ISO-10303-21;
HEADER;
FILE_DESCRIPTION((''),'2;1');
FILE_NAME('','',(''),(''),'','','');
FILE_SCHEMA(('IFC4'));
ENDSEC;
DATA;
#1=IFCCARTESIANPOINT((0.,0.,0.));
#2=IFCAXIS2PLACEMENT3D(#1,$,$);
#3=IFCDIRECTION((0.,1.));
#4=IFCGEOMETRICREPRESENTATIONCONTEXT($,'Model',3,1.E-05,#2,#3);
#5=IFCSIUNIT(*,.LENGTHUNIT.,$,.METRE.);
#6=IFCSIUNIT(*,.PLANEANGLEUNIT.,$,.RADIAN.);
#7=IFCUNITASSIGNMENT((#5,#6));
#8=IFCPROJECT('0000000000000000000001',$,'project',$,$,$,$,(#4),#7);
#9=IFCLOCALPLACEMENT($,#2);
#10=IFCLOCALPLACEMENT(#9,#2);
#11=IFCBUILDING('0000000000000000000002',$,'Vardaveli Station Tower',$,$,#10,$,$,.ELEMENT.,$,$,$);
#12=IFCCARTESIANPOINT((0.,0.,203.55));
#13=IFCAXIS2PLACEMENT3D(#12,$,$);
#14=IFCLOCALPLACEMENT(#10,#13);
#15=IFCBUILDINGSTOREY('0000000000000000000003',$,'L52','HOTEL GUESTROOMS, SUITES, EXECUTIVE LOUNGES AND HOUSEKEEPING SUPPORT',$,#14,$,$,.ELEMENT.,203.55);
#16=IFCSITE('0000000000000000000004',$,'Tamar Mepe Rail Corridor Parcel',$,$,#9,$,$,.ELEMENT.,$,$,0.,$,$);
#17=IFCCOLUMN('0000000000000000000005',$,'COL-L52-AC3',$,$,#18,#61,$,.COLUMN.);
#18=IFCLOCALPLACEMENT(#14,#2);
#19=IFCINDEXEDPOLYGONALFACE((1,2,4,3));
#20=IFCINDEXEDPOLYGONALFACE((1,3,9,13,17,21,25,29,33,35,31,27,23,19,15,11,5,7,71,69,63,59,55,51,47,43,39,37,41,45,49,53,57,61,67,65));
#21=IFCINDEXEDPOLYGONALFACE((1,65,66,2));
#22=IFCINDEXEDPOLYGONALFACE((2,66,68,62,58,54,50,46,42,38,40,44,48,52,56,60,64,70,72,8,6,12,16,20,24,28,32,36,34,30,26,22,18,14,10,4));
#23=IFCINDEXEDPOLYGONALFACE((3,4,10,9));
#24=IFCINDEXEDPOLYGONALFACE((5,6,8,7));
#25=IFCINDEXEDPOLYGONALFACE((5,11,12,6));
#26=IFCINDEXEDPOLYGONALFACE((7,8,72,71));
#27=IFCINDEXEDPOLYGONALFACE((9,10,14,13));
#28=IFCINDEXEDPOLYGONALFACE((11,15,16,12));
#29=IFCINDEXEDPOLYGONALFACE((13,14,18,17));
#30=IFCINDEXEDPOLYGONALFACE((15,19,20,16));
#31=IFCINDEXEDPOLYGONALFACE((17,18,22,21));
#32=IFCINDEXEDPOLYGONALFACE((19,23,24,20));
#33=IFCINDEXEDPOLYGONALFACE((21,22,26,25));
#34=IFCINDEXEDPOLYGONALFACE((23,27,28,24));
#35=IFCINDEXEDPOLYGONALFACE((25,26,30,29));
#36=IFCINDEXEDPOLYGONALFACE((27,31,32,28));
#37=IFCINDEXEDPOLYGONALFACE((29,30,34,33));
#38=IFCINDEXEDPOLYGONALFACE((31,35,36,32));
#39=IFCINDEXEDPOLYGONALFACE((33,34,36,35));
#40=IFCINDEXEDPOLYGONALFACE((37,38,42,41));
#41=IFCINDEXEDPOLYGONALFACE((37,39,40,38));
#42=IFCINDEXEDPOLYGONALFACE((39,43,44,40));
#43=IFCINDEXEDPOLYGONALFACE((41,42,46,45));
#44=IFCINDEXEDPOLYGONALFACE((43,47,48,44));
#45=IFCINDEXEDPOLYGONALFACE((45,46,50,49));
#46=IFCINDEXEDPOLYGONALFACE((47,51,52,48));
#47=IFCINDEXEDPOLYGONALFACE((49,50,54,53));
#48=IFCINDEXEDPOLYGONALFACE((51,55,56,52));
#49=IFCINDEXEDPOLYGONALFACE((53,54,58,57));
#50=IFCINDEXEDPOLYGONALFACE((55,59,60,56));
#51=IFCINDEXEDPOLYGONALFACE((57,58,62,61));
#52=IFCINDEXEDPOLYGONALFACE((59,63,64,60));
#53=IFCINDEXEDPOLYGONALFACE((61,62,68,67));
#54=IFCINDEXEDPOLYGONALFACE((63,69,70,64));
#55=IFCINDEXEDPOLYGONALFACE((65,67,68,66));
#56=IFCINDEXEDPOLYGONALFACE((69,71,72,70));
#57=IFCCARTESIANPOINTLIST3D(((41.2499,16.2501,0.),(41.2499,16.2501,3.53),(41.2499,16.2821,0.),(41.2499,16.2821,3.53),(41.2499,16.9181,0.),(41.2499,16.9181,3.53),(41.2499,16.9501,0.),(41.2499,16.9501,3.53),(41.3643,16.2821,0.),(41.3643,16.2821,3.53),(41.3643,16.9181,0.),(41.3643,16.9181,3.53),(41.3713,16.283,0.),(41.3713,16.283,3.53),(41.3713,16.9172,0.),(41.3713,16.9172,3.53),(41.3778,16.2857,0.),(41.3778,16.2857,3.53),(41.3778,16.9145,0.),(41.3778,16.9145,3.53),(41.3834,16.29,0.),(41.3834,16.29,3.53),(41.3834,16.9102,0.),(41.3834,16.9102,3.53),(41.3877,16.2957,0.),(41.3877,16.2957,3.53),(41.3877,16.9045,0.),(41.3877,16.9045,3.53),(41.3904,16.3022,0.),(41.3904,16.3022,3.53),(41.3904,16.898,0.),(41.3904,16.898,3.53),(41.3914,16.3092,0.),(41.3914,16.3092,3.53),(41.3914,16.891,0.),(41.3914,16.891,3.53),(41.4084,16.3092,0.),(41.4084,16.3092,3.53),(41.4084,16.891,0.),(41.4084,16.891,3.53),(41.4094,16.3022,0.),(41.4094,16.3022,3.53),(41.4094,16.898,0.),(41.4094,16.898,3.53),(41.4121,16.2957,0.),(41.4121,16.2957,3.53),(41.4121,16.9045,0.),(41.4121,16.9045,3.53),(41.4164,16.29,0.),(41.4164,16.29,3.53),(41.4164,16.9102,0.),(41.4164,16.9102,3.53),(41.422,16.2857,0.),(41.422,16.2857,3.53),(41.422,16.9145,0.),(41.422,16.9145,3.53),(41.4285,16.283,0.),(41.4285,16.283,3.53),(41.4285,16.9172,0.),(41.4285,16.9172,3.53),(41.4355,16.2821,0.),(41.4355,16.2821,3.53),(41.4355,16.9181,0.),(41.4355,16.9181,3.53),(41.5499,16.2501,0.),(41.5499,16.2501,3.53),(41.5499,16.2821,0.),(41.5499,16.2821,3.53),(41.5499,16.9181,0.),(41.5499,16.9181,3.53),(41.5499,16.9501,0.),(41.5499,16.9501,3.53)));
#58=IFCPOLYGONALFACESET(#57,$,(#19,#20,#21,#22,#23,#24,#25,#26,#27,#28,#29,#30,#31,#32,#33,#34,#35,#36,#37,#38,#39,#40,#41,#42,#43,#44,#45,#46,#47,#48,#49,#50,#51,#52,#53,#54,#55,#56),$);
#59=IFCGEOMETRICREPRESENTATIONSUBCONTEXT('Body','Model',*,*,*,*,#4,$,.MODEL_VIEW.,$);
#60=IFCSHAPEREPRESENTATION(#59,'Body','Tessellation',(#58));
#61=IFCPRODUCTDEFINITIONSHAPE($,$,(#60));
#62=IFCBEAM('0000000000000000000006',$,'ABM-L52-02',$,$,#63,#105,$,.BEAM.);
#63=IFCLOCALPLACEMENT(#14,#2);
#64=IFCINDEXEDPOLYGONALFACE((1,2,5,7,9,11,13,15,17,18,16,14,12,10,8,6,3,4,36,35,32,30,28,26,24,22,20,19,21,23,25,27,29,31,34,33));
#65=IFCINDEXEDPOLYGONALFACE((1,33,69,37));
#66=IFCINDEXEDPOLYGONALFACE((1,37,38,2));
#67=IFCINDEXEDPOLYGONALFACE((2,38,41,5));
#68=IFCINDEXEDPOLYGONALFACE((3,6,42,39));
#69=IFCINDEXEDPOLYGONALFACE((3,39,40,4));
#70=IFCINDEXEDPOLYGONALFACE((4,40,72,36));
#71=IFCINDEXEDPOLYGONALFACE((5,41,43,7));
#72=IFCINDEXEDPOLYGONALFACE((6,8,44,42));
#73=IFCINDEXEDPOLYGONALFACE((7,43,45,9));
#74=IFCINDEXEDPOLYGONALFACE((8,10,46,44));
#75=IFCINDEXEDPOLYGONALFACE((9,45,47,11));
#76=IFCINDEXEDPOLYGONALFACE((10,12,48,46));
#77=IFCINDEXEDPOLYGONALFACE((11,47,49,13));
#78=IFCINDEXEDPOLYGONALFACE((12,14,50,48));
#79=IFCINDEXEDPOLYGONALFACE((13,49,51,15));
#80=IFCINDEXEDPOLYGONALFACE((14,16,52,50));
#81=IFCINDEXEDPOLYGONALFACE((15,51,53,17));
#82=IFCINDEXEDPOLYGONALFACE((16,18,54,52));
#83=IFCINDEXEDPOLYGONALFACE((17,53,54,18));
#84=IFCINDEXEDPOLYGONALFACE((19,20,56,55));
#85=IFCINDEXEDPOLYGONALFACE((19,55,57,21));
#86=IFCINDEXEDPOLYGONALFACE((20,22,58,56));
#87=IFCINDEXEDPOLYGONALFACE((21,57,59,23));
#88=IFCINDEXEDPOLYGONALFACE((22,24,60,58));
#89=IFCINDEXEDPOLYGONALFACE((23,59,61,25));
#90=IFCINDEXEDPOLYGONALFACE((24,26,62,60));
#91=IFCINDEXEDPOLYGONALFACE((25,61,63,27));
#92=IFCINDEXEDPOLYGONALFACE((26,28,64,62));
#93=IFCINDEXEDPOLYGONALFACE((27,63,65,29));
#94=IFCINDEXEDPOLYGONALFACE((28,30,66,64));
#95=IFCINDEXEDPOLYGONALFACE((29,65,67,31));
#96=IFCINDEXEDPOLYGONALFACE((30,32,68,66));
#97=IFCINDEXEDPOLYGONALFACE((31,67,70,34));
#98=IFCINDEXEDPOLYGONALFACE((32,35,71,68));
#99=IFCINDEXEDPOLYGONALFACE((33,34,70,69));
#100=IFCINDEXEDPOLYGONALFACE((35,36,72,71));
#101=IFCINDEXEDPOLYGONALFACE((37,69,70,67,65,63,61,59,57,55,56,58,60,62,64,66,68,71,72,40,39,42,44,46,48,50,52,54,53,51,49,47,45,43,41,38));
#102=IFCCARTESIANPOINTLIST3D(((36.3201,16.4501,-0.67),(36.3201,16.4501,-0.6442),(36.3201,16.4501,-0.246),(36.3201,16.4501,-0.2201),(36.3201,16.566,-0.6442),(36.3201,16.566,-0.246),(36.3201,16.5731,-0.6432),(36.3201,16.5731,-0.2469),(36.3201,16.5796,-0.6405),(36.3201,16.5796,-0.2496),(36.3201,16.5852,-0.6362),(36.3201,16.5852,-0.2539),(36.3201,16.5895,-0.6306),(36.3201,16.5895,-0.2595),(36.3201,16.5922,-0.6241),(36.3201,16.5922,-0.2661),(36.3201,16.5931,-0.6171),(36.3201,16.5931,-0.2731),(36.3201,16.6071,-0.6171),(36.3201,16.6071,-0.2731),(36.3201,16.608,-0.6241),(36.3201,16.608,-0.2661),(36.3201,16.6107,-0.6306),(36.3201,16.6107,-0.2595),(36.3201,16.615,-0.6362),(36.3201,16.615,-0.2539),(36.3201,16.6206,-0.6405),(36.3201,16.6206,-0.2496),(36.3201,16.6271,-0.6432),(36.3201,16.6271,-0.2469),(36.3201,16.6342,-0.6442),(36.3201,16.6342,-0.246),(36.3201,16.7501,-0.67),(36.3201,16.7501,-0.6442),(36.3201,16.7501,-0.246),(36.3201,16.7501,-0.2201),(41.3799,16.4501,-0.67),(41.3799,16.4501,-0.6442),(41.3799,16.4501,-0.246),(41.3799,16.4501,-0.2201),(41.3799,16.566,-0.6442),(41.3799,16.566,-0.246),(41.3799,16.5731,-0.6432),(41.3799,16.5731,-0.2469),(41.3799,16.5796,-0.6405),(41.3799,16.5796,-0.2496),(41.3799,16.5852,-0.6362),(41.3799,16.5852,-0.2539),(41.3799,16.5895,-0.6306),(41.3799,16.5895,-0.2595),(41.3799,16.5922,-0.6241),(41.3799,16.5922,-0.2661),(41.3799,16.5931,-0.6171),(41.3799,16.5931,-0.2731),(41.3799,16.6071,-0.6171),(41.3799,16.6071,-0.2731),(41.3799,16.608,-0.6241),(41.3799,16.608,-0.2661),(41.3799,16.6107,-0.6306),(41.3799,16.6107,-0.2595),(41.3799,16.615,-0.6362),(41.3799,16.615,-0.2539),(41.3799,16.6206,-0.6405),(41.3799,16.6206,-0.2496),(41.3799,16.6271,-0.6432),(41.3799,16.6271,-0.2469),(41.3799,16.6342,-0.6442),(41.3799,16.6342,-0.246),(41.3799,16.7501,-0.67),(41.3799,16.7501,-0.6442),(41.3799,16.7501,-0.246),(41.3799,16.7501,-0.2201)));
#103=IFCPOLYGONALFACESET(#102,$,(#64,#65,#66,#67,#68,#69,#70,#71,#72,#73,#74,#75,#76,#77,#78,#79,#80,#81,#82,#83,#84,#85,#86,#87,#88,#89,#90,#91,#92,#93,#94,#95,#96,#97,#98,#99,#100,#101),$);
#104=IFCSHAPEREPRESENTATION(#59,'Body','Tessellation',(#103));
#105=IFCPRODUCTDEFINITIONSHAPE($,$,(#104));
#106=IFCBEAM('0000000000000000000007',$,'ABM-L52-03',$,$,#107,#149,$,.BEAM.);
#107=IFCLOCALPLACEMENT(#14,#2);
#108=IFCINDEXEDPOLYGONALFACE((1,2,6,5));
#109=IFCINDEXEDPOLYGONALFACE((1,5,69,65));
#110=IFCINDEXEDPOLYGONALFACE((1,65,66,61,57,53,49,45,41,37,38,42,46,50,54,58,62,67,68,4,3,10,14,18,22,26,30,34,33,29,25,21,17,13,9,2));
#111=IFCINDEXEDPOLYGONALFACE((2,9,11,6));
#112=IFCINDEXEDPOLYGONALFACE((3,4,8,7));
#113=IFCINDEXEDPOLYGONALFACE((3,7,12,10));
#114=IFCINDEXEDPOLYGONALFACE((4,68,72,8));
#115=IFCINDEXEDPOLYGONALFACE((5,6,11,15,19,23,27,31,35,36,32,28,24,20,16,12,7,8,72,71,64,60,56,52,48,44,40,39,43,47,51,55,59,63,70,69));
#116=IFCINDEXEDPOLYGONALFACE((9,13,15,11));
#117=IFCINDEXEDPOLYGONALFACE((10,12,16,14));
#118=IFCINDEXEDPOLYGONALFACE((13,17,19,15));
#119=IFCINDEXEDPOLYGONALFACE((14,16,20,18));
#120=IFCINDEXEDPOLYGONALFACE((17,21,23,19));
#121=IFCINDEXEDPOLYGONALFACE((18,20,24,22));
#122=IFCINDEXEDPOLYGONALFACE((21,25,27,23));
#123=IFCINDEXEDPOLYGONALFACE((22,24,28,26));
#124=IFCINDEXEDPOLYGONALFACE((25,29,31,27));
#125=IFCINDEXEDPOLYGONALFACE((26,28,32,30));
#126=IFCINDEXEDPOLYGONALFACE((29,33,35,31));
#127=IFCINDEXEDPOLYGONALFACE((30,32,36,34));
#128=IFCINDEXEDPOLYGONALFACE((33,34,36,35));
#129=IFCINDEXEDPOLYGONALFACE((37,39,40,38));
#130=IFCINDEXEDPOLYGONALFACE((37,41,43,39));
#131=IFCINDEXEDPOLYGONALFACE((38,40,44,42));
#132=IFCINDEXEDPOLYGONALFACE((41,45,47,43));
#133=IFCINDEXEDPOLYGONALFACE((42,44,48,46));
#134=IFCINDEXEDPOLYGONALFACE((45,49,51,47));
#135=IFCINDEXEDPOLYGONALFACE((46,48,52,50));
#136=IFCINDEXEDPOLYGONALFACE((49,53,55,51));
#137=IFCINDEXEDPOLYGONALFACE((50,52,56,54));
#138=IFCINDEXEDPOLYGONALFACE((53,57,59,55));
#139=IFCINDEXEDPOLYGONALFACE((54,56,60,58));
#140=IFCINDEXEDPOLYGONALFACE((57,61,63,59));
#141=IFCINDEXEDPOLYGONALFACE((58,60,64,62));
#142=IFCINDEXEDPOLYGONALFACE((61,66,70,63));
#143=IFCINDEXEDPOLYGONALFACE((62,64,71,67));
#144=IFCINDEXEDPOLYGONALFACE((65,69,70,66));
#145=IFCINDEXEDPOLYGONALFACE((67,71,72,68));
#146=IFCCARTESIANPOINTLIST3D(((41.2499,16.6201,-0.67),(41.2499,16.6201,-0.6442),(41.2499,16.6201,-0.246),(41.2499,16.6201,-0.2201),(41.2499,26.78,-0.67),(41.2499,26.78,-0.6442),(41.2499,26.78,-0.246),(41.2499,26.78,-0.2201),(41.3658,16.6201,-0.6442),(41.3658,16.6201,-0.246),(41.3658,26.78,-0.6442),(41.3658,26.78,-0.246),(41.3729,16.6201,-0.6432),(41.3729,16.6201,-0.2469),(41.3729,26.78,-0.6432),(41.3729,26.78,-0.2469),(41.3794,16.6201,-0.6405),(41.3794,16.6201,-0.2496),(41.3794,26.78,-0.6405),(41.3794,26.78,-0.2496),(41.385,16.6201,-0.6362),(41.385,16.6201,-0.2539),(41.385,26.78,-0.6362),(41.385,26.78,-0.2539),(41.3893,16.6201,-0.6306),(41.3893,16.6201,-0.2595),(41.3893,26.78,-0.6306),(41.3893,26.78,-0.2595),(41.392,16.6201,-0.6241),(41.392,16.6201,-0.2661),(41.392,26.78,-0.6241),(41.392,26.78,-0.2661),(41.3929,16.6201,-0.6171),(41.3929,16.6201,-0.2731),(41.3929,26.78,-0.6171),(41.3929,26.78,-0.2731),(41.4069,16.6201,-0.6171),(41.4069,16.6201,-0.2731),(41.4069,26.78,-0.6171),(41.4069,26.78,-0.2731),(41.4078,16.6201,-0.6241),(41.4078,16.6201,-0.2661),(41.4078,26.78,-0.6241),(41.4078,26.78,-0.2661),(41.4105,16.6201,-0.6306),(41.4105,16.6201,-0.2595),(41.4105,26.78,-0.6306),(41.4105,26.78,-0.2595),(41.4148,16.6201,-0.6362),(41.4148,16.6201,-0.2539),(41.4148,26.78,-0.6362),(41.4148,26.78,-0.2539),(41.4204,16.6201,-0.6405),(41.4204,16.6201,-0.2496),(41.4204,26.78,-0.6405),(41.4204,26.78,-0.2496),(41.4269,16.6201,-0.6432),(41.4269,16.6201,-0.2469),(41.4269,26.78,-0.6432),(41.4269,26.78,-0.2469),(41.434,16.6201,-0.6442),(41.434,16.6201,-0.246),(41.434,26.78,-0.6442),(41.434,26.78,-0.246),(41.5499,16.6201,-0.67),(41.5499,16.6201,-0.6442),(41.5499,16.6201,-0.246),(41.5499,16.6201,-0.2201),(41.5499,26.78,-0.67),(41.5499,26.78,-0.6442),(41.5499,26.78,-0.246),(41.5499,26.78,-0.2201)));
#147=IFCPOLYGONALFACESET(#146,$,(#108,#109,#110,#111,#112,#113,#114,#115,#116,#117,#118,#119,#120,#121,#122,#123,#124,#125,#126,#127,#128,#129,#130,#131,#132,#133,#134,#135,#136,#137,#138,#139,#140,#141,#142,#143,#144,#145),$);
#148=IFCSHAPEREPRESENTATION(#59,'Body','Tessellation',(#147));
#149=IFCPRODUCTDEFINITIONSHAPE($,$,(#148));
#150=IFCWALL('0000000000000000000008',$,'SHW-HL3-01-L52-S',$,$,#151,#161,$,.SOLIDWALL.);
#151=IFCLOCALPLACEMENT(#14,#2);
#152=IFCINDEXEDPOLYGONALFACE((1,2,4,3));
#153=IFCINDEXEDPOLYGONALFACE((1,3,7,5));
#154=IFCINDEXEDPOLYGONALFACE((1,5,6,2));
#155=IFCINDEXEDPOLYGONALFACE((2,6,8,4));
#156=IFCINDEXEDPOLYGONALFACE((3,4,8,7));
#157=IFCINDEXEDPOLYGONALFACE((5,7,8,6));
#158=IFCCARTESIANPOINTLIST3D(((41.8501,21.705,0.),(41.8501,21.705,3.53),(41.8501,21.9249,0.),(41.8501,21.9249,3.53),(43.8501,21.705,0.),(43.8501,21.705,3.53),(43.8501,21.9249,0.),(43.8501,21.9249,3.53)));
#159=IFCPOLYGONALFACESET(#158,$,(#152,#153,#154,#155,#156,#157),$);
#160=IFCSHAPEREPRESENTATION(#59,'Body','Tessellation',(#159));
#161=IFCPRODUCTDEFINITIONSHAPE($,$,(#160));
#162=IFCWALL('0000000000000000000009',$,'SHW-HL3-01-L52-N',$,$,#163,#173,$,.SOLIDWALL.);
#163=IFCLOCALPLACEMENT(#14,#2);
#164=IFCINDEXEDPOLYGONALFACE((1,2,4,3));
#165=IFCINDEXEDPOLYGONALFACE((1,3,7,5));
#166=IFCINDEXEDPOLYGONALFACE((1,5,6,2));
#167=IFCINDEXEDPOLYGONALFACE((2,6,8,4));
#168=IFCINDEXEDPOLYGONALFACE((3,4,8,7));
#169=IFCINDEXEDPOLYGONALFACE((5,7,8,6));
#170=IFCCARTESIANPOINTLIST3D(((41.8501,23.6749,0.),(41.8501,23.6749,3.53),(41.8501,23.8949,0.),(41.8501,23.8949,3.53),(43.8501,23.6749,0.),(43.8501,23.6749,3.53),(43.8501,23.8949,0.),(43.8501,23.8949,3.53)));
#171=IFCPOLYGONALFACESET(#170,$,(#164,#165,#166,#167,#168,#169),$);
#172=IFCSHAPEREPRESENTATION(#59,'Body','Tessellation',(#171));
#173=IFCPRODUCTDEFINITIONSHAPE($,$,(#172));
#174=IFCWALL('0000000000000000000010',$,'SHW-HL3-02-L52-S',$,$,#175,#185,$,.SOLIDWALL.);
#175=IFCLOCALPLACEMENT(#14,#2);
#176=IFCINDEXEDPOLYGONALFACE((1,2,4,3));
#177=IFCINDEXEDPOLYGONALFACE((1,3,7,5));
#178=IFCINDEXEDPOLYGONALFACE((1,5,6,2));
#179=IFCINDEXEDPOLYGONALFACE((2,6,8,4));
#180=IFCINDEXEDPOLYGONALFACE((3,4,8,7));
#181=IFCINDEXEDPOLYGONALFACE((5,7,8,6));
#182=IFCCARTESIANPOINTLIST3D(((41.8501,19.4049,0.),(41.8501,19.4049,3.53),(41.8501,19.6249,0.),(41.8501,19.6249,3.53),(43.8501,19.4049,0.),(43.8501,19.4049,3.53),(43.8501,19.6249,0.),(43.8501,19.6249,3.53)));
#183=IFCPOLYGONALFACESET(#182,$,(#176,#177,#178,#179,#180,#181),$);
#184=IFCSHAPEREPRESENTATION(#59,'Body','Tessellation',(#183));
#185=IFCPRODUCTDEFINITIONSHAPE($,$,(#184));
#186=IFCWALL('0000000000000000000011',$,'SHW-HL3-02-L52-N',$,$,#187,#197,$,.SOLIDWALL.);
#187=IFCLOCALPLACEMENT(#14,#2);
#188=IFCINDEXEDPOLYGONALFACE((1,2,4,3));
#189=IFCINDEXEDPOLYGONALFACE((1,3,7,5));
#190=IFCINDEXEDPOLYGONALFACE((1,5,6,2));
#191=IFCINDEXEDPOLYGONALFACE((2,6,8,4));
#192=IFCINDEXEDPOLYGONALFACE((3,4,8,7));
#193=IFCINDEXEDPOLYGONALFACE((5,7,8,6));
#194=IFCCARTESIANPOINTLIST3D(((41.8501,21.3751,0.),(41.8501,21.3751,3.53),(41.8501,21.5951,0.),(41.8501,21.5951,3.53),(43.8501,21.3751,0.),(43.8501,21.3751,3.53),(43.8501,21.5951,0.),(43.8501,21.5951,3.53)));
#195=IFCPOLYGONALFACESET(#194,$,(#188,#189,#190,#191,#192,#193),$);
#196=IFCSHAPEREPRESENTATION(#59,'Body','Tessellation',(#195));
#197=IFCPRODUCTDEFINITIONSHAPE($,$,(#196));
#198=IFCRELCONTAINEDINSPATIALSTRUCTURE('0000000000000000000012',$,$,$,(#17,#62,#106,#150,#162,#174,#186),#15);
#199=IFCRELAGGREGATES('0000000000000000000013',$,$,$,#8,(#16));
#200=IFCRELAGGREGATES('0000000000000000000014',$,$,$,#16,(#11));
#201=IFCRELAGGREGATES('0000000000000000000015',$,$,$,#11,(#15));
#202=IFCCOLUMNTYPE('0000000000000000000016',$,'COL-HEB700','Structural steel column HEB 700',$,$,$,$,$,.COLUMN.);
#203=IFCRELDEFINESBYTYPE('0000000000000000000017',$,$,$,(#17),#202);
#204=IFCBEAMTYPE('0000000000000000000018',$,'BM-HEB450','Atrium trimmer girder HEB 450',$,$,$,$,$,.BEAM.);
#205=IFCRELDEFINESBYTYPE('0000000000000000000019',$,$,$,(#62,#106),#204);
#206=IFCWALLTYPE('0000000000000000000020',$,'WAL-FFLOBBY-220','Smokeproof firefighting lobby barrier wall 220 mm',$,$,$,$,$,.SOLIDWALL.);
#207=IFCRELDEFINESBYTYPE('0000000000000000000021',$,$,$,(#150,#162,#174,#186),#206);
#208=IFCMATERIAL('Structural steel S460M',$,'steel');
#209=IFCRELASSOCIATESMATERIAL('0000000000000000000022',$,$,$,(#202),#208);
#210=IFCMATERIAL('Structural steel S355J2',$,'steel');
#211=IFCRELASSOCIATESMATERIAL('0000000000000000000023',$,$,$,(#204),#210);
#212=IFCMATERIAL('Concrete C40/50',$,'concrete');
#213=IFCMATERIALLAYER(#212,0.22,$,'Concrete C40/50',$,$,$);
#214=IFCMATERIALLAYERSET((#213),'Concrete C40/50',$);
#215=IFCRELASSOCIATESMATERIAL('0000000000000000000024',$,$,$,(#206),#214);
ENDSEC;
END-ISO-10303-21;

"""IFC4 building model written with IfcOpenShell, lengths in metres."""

from ifc_helpers import new_model, si_unit, direction, frame, frame_2d, origin, origin_2d, place, context, subcontext, project, spatial, rectangle, i_section, extrude, source, transform, mapped, material, layer, layer_set, material_profile, profile_set, type_object, element, save


model = new_model("IFC4")

# Units and contexts
model_context = context("Model", 3, precision=1e-05, world=origin(), true_north=direction((0.0, 1.0)))
body_context = subcontext(model_context, "Body", "Model", "MODEL_VIEW")
ifc_project = project(units=[si_unit("LENGTHUNIT", "METRE"), si_unit("PLANEANGLEUNIT", "RADIAN")], contexts=[model_context])

# Site, building, storey
site_placement = place(None, origin())
site = spatial("IfcSite", under=ifc_project, at=site_placement, Name="Tamar Mepe Rail Corridor Parcel", CompositionType="ELEMENT", RefElevation=0.0)
building_placement = place(site_placement, origin())
building = spatial("IfcBuilding", under=site, at=building_placement, Name="Vardaveli Station Tower", CompositionType="ELEMENT")
storey_placement = place(building_placement, frame((0.0, 0.0, 203.55)))
storey = spatial("IfcBuildingStorey", under=building, at=storey_placement, Name="L52", Description="HOTEL GUESTROOMS, SUITES, EXECUTIVE LOUNGES AND HOUSEKEEPING SUPPORT", CompositionType="ELEMENT", Elevation=203.55)

# Column
ifc_material_1 = material(Name="Structural steel S460M", Category="steel")
ifc_material_profile_1 = material_profile(ifc_material_1, i_section(OverallWidth=0.3, OverallDepth=0.7, WebThickness=0.0171, FlangeThickness=0.032, FilletRadius=0.0271, at=origin_2d()), Name="HEB 700")
ifc_profile_set_1 = profile_set([ifc_material_profile_1], Name="Structural steel S460M")
column_type = type_object("IfcColumnType", Name="COL-HEB700", Description="Structural steel column HEB 700", PredefinedType="COLUMN", material=ifc_profile_set_1)
shared_shape_1 = source(origin(), body_context, "Body", "SweptSolid", [
    extrude(i_section(OverallWidth=0.3, OverallDepth=0.7, WebThickness=0.0171, FlangeThickness=0.032, FilletRadius=0.0271, at=origin_2d()), origin(), (0.0, 0.0, 1.0), 3.53),
])
column_placement = place(storey_placement, frame((41.3999, 16.6001, 0.0), z_axis=(0.0, 0.0, 1.0), x_axis=(1.0, 0.0, 0.0)))
element("IfcColumn", 1, at=column_placement, inside=storey, type_object=column_type, Name="COL-L52-AC3", PredefinedType="COLUMN", context=body_context, shape_type="MappedRepresentation", body=[
    mapped(shared_shape_1, transform((0.0, 0.0, 0.0), scale=1.0)),
])

# Beams
ifc_material_2 = material(Name="Structural steel S355J2", Category="steel")
ifc_material_profile_2 = material_profile(ifc_material_2, i_section(OverallWidth=0.3, OverallDepth=0.45, WebThickness=0.0139, FlangeThickness=0.0259, FilletRadius=0.0271, at=origin_2d()), Name="HEB 450")
ifc_profile_set_2 = profile_set([ifc_material_profile_2], Name="Structural steel S355J2")
beam_type = type_object("IfcBeamType", Name="BM-HEB450", Description="Atrium trimmer girder HEB 450", PredefinedType="BEAM", material=ifc_profile_set_2)
shared_shape_2 = source(origin(), body_context, "Body", "SweptSolid", [
    extrude(i_section(OverallWidth=0.3, OverallDepth=0.45, WebThickness=0.0139, FlangeThickness=0.0259, FilletRadius=0.0271, at=origin_2d()), origin(), (0.0, 0.0, 1.0), 5.0598),
])
beam_1_placement = place(storey_placement, frame((36.3201, 16.6001, -0.4451), z_axis=(1.0, 0.0, 0.0), x_axis=(0.0, 1.0, 0.0)))
element("IfcBeam", 2, at=beam_1_placement, inside=storey, type_object=beam_type, Name="ABM-L52-02", PredefinedType="BEAM", context=body_context, shape_type="MappedRepresentation", body=[
    mapped(shared_shape_2, transform((0.0, 0.0, 0.0), scale=1.0)),
])
shared_shape_3 = source(origin(), body_context, "Body", "SweptSolid", [
    extrude(i_section(OverallWidth=0.3, OverallDepth=0.45, WebThickness=0.0139, FlangeThickness=0.0259, FilletRadius=0.0271, at=origin_2d()), origin(), (0.0, 0.0, 1.0), 10.1599),
])
beam_2_placement = place(storey_placement, frame((41.3999, 16.6201, -0.4451), z_axis=(0.0, 1.0, 0.0), x_axis=(-1.0, 0.0, 0.0)))
element("IfcBeam", 3, at=beam_2_placement, inside=storey, type_object=beam_type, Name="ABM-L52-03", PredefinedType="BEAM", context=body_context, shape_type="MappedRepresentation", body=[
    mapped(shared_shape_3, transform((0.0, 0.0, 0.0), scale=1.0)),
])

# Walls
ifc_material_3 = material(Name="Concrete C40/50", Category="concrete")
ifc_layer_1 = layer(ifc_material_3, 0.22, Name="Concrete C40/50")
ifc_layer_set_1 = layer_set([ifc_layer_1], Name="Concrete C40/50")
wall_type_1 = type_object("IfcWallType", Name="WAL-FFLOBBY-220", Description="Smokeproof firefighting lobby barrier wall 220 mm", PredefinedType="SOLIDWALL", material=ifc_layer_set_1)
shared_shape_4 = source(origin(), body_context, "Body", "SweptSolid", [
    extrude(rectangle(XDim=2.0, YDim=0.22, at=frame_2d((1.0, 0.0))), origin(), (0.0, 0.0, 1.0), 3.53),
])
for number, where, z_axis, x_axis, name in (
    (4, (41.8501, 21.8149, 0.0), (0.0, 0.0, 1.0), (1.0, 0.0, 0.0), "SHW-HL3-01-L52-S"),
    (5, (41.8501, 23.7849, 0.0), (0.0, 0.0, 1.0), (1.0, 0.0, 0.0), "SHW-HL3-01-L52-N"),
    (6, (41.8501, 19.5149, 0.0), (0.0, 0.0, 1.0), (1.0, 0.0, 0.0), "SHW-HL3-02-L52-S"),
    (7, (41.8501, 21.4851, 0.0), (0.0, 0.0, 1.0), (1.0, 0.0, 0.0), "SHW-HL3-02-L52-N"),
):
    element("IfcWall", number, at=place(storey_placement, frame(where, z_axis=z_axis, x_axis=x_axis)), inside=storey, type_object=wall_type_1, Name=name, PredefinedType="SOLIDWALL", context=body_context, shape_type="MappedRepresentation", body=[
        mapped(shared_shape_4, transform((0.0, 0.0, 0.0), scale=1.0)),
    ])

save(model, "model.ifc")
